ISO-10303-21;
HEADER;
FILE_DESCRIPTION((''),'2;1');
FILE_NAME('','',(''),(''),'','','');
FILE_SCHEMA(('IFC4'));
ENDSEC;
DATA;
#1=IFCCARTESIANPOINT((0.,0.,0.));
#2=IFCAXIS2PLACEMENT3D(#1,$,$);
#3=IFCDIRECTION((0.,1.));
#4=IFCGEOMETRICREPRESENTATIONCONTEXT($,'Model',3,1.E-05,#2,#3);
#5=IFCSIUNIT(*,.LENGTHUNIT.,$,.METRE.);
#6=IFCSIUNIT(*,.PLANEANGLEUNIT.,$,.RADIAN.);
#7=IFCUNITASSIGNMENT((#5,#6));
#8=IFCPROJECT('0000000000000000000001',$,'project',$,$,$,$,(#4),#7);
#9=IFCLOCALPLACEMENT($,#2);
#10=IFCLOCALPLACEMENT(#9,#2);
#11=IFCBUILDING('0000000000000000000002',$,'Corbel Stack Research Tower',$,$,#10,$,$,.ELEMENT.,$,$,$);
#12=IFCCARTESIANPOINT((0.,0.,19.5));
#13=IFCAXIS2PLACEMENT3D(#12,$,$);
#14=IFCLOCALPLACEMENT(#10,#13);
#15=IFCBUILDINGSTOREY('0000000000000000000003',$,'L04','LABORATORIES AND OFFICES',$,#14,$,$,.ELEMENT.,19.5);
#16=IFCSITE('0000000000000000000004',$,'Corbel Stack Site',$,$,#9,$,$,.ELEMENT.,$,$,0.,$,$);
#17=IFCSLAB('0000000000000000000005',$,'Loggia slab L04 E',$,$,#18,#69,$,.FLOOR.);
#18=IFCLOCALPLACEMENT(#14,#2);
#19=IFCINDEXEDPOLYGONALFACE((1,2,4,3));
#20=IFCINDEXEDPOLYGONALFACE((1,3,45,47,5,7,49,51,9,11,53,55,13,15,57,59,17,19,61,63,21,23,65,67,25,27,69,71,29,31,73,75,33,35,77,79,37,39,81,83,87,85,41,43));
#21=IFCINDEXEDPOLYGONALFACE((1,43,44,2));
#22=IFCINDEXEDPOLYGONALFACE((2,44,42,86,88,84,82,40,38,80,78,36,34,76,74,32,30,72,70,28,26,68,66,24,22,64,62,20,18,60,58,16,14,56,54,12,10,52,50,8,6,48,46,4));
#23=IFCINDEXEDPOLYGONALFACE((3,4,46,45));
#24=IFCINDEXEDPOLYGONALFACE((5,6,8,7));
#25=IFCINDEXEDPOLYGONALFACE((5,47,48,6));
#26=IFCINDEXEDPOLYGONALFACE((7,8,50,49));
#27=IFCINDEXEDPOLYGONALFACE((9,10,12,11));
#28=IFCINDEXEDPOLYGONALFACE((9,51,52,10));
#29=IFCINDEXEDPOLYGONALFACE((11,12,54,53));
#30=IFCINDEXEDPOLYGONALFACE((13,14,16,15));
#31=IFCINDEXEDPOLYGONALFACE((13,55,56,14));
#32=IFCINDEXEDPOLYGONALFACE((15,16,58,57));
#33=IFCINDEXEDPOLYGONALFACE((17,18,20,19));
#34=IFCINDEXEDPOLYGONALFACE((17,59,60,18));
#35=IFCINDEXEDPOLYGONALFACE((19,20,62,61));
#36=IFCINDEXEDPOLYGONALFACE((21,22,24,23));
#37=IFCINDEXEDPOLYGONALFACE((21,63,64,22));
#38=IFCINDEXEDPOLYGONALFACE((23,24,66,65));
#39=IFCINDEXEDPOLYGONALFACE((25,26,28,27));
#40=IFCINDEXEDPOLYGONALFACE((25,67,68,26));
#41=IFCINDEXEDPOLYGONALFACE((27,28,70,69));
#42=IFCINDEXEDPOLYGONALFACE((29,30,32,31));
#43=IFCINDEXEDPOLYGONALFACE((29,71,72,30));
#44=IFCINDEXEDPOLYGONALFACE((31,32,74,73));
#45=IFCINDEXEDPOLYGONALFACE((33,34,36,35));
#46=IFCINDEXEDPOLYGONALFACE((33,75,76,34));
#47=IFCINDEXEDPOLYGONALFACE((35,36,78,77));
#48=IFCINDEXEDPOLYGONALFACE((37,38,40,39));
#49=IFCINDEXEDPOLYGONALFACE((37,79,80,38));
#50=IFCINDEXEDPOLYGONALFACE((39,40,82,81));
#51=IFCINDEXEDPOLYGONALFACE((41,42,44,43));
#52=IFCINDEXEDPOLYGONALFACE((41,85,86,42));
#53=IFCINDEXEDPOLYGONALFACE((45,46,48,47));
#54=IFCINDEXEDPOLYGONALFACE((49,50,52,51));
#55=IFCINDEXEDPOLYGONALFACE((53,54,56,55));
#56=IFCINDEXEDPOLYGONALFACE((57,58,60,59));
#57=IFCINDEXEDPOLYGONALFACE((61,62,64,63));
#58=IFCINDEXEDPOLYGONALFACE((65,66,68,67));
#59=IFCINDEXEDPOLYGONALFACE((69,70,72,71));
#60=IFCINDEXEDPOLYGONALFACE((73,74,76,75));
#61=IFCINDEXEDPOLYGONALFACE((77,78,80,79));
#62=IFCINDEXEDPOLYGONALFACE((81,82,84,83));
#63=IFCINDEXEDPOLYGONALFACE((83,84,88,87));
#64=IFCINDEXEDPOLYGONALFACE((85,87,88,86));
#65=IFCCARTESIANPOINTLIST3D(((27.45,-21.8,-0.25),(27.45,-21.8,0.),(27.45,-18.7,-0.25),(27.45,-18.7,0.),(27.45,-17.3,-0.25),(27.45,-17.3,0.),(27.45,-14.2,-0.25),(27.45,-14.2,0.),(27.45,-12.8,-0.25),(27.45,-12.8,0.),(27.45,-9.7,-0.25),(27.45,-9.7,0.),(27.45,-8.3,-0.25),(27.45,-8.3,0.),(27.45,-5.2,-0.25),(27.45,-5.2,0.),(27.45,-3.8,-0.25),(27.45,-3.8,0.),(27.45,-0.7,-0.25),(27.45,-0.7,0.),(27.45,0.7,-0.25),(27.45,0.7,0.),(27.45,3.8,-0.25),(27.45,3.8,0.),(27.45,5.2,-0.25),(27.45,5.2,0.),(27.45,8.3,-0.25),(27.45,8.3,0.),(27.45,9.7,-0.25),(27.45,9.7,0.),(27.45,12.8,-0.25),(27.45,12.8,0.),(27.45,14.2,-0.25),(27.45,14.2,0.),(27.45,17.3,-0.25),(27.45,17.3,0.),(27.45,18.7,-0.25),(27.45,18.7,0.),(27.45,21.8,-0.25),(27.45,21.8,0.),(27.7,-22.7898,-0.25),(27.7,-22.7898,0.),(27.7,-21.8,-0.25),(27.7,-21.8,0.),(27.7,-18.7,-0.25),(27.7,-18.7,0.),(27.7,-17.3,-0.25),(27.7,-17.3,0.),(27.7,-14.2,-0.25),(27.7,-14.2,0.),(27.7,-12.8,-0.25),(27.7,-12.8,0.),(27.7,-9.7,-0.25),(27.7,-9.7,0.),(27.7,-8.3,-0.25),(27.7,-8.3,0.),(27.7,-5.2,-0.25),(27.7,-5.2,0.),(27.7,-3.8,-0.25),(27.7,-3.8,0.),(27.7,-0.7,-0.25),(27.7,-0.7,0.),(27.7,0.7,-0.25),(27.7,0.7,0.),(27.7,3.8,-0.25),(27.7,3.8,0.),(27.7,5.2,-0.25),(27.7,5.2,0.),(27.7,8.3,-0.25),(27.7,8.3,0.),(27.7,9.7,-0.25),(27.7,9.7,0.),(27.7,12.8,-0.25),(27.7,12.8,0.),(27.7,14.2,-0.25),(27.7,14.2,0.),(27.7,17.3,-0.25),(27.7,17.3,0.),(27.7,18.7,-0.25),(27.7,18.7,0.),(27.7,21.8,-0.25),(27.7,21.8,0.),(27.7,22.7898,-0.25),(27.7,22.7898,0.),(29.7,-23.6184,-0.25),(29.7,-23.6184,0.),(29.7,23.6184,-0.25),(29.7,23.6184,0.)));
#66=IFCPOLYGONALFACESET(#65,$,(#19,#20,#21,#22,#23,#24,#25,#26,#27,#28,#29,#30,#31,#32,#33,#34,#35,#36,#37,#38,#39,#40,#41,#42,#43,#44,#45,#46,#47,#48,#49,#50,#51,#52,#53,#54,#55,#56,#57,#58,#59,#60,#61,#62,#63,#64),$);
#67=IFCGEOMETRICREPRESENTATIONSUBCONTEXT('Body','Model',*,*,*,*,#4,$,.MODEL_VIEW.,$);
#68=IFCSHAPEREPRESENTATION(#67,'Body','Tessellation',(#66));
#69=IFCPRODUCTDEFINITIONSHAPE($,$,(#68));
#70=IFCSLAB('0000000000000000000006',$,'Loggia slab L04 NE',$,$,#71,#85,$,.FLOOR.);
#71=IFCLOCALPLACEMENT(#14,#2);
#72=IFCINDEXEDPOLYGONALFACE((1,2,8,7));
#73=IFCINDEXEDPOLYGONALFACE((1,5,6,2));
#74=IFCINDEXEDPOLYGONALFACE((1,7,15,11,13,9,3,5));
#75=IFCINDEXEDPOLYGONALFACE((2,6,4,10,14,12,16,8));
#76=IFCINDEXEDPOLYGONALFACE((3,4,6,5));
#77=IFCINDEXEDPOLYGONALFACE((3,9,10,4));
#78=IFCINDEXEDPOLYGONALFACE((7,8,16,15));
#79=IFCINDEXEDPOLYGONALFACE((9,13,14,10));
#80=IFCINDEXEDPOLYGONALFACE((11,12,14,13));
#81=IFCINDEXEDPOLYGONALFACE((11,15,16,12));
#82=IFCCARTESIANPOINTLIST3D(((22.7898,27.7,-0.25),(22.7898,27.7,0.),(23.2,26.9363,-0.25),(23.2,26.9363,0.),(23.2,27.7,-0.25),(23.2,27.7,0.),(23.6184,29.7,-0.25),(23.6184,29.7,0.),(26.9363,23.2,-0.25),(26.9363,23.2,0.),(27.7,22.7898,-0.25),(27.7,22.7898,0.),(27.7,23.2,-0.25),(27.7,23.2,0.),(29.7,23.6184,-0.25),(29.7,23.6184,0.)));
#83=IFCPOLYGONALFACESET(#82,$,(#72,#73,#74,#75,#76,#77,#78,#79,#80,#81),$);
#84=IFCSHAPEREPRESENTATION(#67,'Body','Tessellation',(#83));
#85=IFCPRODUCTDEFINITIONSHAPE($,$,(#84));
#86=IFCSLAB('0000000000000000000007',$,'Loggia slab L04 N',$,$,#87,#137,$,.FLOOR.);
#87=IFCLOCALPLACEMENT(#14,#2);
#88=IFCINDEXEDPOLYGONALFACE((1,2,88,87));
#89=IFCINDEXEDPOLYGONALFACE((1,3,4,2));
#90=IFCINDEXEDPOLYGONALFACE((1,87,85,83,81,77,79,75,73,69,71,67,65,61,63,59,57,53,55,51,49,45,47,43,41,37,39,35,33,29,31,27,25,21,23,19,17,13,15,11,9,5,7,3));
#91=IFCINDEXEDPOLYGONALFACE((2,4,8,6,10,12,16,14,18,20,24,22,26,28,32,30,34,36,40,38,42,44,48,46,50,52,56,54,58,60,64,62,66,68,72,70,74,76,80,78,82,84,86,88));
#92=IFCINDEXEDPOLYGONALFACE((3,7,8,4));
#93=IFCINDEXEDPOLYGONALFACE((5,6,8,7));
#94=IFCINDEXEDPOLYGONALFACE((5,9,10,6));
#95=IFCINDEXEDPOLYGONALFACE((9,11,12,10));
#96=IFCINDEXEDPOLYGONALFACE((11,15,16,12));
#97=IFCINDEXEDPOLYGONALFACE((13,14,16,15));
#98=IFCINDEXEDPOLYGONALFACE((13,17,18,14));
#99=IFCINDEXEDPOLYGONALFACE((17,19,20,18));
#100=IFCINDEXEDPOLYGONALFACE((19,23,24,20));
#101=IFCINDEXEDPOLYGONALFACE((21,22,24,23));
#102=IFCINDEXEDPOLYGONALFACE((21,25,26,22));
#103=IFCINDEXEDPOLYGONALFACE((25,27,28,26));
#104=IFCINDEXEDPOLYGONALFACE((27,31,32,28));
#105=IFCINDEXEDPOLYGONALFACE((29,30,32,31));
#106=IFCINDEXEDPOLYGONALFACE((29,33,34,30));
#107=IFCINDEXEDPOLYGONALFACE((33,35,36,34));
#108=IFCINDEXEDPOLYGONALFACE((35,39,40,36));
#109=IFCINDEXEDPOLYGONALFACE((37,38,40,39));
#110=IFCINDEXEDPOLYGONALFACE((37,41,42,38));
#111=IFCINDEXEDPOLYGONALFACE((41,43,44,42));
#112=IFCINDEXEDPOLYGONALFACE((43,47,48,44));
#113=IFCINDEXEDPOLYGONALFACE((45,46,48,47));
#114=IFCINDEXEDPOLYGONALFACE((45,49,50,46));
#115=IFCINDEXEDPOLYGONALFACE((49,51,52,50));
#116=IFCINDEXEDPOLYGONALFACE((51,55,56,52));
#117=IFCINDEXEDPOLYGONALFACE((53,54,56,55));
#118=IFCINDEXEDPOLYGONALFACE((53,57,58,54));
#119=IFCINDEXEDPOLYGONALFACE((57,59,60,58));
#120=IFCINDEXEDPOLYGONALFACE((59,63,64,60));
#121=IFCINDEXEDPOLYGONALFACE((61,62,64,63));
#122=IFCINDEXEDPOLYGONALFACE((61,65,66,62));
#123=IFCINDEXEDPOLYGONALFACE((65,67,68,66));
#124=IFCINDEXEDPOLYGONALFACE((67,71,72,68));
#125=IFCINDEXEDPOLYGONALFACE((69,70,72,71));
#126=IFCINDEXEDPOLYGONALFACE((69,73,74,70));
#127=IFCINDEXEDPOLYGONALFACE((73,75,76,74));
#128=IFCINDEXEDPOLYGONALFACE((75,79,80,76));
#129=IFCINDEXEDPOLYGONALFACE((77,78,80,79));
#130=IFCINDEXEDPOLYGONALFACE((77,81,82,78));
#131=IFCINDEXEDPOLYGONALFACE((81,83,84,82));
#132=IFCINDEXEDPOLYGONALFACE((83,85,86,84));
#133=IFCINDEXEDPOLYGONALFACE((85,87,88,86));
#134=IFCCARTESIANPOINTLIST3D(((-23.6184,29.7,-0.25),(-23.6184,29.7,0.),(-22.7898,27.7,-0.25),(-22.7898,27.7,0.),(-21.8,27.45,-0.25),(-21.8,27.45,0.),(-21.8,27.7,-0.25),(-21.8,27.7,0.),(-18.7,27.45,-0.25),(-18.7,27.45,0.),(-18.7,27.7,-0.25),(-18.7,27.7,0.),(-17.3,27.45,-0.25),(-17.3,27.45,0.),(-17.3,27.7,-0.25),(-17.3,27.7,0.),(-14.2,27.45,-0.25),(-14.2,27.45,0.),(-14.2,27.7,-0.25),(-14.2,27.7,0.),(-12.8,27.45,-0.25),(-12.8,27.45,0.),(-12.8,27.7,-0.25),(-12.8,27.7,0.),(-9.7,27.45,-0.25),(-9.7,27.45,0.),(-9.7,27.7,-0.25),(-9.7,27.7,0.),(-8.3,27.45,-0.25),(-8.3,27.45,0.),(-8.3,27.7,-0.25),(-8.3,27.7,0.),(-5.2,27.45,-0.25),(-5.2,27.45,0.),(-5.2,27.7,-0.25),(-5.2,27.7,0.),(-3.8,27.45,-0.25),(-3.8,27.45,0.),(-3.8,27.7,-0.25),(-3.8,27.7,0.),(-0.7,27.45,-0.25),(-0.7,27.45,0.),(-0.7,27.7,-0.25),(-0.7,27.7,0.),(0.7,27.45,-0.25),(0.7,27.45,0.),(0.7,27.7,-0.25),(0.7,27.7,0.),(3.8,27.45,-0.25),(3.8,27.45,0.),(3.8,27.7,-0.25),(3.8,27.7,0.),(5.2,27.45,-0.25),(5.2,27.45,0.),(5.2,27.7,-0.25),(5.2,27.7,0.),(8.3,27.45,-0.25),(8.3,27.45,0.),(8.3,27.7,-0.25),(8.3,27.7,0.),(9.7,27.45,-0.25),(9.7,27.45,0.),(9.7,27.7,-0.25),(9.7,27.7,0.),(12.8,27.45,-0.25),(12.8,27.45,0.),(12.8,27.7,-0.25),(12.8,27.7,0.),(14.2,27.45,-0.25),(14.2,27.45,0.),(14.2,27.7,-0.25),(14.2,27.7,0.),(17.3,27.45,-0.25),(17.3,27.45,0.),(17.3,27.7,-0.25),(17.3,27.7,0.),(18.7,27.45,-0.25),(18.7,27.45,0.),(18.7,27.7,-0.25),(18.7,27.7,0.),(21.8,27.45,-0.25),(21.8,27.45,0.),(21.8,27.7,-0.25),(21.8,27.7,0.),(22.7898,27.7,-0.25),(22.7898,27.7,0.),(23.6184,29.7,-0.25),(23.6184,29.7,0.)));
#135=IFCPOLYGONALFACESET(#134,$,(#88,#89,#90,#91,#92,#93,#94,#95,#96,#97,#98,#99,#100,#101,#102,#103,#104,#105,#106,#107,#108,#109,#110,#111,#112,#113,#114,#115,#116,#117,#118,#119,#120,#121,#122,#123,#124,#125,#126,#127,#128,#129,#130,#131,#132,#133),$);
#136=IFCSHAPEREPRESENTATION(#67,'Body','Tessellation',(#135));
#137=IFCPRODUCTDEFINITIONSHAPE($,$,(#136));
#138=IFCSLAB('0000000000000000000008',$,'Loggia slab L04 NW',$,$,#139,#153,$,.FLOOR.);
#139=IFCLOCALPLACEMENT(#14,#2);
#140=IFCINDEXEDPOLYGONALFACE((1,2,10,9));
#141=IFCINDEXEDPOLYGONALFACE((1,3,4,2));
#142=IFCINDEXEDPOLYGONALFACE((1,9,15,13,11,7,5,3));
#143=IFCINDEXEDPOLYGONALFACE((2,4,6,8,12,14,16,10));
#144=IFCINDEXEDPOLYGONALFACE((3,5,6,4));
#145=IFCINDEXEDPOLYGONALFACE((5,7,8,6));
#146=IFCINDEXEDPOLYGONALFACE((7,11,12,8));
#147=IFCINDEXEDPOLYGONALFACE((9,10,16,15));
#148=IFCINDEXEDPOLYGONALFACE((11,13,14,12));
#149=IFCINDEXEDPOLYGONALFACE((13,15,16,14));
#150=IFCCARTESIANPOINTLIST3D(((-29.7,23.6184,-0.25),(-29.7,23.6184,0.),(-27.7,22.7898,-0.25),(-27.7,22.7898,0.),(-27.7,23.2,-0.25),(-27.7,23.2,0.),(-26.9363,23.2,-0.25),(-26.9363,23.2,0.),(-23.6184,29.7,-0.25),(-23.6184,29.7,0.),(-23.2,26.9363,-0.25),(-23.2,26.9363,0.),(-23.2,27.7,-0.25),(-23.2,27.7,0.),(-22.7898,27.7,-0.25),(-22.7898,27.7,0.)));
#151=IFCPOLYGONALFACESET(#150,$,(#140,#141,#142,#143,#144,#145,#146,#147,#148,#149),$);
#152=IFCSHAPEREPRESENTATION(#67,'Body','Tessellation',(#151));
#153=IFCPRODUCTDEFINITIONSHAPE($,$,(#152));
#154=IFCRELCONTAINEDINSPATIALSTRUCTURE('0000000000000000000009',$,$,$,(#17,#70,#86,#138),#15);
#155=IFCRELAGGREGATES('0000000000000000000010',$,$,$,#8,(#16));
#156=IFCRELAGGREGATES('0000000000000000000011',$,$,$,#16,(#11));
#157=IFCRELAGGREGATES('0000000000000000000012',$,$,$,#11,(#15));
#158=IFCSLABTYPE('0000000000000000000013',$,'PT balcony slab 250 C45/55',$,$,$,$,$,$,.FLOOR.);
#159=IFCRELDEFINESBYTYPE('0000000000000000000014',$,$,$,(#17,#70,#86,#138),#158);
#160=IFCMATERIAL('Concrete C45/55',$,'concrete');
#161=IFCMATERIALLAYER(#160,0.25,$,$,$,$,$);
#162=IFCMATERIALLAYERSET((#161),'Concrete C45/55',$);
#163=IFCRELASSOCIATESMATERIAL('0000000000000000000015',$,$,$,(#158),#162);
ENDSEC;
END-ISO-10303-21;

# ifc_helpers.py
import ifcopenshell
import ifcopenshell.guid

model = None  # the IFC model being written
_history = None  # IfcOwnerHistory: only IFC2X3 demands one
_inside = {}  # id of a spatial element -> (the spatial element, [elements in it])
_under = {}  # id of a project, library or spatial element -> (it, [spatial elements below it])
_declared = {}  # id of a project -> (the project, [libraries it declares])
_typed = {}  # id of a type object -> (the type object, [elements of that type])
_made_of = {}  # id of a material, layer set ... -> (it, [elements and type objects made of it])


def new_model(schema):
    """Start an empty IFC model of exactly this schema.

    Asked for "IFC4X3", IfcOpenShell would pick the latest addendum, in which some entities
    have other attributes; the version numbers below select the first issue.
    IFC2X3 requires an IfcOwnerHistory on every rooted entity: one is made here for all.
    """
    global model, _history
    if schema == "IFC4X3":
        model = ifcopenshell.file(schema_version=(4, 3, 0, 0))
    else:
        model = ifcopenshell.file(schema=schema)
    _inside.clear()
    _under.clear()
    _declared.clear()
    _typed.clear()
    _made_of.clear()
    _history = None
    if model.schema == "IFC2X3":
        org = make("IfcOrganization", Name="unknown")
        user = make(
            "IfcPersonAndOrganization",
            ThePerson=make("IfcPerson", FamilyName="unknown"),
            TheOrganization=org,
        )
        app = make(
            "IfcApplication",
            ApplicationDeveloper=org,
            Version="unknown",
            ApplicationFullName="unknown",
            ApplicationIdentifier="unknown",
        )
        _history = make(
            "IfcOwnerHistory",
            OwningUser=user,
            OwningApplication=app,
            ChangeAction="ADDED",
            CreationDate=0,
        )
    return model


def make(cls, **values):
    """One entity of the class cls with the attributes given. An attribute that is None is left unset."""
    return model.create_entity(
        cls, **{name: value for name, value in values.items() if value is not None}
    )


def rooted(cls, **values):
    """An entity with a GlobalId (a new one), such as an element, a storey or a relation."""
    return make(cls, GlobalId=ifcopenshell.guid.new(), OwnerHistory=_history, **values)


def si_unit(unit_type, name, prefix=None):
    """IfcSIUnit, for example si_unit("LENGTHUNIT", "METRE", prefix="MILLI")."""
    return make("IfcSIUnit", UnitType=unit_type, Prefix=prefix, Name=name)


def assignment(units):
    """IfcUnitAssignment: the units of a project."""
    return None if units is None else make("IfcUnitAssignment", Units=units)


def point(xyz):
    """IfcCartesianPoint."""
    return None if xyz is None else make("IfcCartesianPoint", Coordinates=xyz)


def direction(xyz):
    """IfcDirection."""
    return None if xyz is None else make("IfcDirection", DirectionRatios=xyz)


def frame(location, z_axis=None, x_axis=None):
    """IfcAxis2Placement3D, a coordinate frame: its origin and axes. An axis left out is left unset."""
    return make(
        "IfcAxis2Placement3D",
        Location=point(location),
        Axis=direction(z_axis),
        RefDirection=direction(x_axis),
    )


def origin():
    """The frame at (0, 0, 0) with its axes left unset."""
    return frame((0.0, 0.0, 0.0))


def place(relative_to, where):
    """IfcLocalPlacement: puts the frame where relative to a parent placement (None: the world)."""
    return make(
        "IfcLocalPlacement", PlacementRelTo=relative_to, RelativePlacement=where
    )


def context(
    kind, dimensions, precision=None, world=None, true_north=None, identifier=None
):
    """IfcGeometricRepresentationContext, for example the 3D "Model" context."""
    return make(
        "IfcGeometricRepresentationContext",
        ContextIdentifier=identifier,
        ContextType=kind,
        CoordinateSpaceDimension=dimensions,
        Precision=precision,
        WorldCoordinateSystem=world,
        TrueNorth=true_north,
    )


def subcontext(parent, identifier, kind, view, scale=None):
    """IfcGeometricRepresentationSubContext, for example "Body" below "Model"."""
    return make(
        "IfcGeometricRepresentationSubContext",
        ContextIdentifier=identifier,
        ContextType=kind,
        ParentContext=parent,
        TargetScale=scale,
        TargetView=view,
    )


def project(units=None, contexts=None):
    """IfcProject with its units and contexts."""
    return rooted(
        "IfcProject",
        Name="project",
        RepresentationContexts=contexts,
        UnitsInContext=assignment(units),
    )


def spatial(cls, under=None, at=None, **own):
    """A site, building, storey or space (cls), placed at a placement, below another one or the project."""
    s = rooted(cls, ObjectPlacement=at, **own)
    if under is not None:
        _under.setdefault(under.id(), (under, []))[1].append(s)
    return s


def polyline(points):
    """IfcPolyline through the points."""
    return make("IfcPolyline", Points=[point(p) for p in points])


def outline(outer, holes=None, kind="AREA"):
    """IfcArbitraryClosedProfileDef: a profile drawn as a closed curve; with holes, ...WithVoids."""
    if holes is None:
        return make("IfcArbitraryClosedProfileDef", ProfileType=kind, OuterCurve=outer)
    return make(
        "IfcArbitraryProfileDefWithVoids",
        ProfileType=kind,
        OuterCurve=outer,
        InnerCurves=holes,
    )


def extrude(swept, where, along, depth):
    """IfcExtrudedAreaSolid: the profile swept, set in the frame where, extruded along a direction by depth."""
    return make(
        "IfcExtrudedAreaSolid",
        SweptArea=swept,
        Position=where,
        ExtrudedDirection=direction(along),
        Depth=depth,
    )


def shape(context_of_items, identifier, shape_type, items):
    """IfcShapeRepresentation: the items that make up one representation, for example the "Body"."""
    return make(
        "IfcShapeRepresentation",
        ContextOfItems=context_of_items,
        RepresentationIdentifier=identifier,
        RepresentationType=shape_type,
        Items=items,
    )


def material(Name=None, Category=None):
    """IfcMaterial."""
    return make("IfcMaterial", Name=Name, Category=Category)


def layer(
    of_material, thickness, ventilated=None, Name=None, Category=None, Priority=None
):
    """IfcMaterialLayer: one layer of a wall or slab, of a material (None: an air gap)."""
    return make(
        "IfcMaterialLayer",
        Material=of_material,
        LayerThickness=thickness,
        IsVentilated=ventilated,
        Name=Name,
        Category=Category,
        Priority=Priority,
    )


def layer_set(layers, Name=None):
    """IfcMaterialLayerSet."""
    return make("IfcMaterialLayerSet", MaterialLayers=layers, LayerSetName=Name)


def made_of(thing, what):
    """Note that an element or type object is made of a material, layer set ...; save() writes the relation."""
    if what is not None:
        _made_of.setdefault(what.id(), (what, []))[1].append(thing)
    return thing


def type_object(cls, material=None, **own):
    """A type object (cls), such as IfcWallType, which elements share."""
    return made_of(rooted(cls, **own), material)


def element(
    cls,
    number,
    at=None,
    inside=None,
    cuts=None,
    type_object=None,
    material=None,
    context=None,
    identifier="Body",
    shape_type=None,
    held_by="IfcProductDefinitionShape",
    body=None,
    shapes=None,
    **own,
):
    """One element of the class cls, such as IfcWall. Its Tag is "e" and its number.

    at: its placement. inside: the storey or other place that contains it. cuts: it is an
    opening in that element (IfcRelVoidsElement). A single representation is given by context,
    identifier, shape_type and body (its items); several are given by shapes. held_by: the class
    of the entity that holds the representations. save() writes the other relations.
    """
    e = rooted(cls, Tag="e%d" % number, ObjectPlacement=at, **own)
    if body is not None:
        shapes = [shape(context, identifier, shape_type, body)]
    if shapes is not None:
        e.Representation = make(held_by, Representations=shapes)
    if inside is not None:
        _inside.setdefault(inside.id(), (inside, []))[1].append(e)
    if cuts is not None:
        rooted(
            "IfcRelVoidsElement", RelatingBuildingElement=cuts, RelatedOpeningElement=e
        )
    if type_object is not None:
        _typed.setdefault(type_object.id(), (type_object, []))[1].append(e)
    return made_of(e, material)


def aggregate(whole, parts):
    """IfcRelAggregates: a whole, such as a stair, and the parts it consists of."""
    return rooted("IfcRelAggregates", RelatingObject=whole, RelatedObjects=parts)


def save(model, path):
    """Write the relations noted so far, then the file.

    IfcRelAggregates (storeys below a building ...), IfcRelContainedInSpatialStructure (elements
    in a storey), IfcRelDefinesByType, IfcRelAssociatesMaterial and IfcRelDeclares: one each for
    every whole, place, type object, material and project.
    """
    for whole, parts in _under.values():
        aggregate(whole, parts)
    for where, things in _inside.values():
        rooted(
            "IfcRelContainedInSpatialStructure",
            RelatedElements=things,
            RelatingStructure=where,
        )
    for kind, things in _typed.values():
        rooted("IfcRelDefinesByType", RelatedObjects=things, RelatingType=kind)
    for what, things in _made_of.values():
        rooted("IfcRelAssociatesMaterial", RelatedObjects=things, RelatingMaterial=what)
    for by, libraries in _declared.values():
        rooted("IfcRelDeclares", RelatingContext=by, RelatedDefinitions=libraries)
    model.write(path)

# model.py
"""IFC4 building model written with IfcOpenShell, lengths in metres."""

from ifc_helpers import new_model, si_unit, direction, frame, origin, place, context, subcontext, project, spatial, polyline, outline, extrude, material, layer, layer_set, type_object, element, save


model = new_model("IFC4")

# Units and contexts
model_context = context("Model", 3, precision=1e-05, world=origin(), true_north=direction((0.0, 1.0)))
body_context = subcontext(model_context, "Body", "Model", "MODEL_VIEW")
ifc_project = project(units=[si_unit("LENGTHUNIT", "METRE"), si_unit("PLANEANGLEUNIT", "RADIAN")], contexts=[model_context])

# Site, building, storey
site_placement = place(None, origin())
site = spatial("IfcSite", under=ifc_project, at=site_placement, Name="Corbel Stack Site", CompositionType="ELEMENT", RefElevation=0.0)
building_placement = place(site_placement, origin())
building = spatial("IfcBuilding", under=site, at=building_placement, Name="Corbel Stack Research Tower", CompositionType="ELEMENT")
storey_placement = place(building_placement, frame((0.0, 0.0, 19.5)))
storey = spatial("IfcBuildingStorey", under=building, at=storey_placement, Name="L04", Description="LABORATORIES AND OFFICES", CompositionType="ELEMENT", Elevation=19.5)

# Slabs
ifc_material_1 = material(Name="Concrete C45/55", Category="concrete")
ifc_layer_1 = layer(ifc_material_1, 0.25)
ifc_layer_set_1 = layer_set([ifc_layer_1], Name="Concrete C45/55")
slab_type_1 = type_object("IfcSlabType", Name="PT balcony slab 250 C45/55", PredefinedType="FLOOR", material=ifc_layer_set_1)
slab_1_placement = place(storey_placement, frame((0.0, 0.0, -0.25)))
element("IfcSlab", 1, at=slab_1_placement, inside=storey, type_object=slab_type_1, Name="Loggia slab L04 E", PredefinedType="FLOOR", context=body_context, shape_type="SweptSolid", body=[
    extrude(outline(polyline([(27.7, 22.7898), (27.7, 21.8), (27.45, 21.8), (27.45, 18.7), (27.7, 18.7), (27.7, 17.3), (27.45, 17.3), (27.45, 14.2), (27.7, 14.2), (27.7, 12.8), (27.45, 12.8), (27.45, 9.7), (27.7, 9.7), (27.7, 8.3), (27.45, 8.3), (27.45, 5.2), (27.7, 5.2), (27.7, 3.8), (27.45, 3.8), (27.45, 0.7), (27.7, 0.7), (27.7, -0.7), (27.45, -0.7), (27.45, -3.8), (27.7, -3.8), (27.7, -5.2), (27.45, -5.2), (27.45, -8.3), (27.7, -8.3), (27.7, -9.7), (27.45, -9.7), (27.45, -12.8), (27.7, -12.8), (27.7, -14.2), (27.45, -14.2), (27.45, -17.3), (27.7, -17.3), (27.7, -18.7), (27.45, -18.7), (27.45, -21.8), (27.7, -21.8), (27.7, -22.7898), (29.7, -23.6184), (29.7, 23.6184), (27.7, 22.7898)])), origin(), (0.0, 0.0, 1.0), 0.25),
])
slab_2_placement = place(storey_placement, frame((0.0, 0.0, -0.25)))
element("IfcSlab", 2, at=slab_2_placement, inside=storey, type_object=slab_type_1, Name="Loggia slab L04 NE", PredefinedType="FLOOR", context=body_context, shape_type="SweptSolid", body=[
    extrude(outline(polyline([(22.7898, 27.7), (23.2, 27.7), (23.2, 26.9363), (26.9363, 23.2), (27.7, 23.2), (27.7, 22.7898), (29.7, 23.6184), (23.6184, 29.7), (22.7898, 27.7)])), origin(), (0.0, 0.0, 1.0), 0.25),
])
slab_3_placement = place(storey_placement, frame((0.0, 0.0, -0.25)))
element("IfcSlab", 3, at=slab_3_placement, inside=storey, type_object=slab_type_1, Name="Loggia slab L04 N", PredefinedType="FLOOR", context=body_context, shape_type="SweptSolid", body=[
    extrude(outline(polyline([(-22.7898, 27.7), (-21.8, 27.7), (-21.8, 27.45), (-18.7, 27.45), (-18.7, 27.7), (-17.3, 27.7), (-17.3, 27.45), (-14.2, 27.45), (-14.2, 27.7), (-12.8, 27.7), (-12.8, 27.45), (-9.7, 27.45), (-9.7, 27.7), (-8.3, 27.7), (-8.3, 27.45), (-5.2, 27.45), (-5.2, 27.7), (-3.8, 27.7), (-3.8, 27.45), (-0.7, 27.45), (-0.7, 27.7), (0.7, 27.7), (0.7, 27.45), (3.8, 27.45), (3.8, 27.7), (5.2, 27.7), (5.2, 27.45), (8.3, 27.45), (8.3, 27.7), (9.7, 27.7), (9.7, 27.45), (12.8, 27.45), (12.8, 27.7), (14.2, 27.7), (14.2, 27.45), (17.3, 27.45), (17.3, 27.7), (18.7, 27.7), (18.7, 27.45), (21.8, 27.45), (21.8, 27.7), (22.7898, 27.7), (23.6184, 29.7), (-23.6184, 29.7), (-22.7898, 27.7)])), origin(), (0.0, 0.0, 1.0), 0.25),
])
slab_4_placement = place(storey_placement, frame((0.0, 0.0, -0.25)))
element("IfcSlab", 4, at=slab_4_placement, inside=storey, type_object=slab_type_1, Name="Loggia slab L04 NW", PredefinedType="FLOOR", context=body_context, shape_type="SweptSolid", body=[
    extrude(outline(polyline([(-27.7, 22.7898), (-27.7, 23.2), (-26.9363, 23.2), (-23.2, 26.9363), (-23.2, 27.7), (-22.7898, 27.7), (-23.6184, 29.7), (-29.7, 23.6184), (-27.7, 22.7898)])), origin(), (0.0, 0.0, 1.0), 0.25),
])

save(model, "model.ifc")
